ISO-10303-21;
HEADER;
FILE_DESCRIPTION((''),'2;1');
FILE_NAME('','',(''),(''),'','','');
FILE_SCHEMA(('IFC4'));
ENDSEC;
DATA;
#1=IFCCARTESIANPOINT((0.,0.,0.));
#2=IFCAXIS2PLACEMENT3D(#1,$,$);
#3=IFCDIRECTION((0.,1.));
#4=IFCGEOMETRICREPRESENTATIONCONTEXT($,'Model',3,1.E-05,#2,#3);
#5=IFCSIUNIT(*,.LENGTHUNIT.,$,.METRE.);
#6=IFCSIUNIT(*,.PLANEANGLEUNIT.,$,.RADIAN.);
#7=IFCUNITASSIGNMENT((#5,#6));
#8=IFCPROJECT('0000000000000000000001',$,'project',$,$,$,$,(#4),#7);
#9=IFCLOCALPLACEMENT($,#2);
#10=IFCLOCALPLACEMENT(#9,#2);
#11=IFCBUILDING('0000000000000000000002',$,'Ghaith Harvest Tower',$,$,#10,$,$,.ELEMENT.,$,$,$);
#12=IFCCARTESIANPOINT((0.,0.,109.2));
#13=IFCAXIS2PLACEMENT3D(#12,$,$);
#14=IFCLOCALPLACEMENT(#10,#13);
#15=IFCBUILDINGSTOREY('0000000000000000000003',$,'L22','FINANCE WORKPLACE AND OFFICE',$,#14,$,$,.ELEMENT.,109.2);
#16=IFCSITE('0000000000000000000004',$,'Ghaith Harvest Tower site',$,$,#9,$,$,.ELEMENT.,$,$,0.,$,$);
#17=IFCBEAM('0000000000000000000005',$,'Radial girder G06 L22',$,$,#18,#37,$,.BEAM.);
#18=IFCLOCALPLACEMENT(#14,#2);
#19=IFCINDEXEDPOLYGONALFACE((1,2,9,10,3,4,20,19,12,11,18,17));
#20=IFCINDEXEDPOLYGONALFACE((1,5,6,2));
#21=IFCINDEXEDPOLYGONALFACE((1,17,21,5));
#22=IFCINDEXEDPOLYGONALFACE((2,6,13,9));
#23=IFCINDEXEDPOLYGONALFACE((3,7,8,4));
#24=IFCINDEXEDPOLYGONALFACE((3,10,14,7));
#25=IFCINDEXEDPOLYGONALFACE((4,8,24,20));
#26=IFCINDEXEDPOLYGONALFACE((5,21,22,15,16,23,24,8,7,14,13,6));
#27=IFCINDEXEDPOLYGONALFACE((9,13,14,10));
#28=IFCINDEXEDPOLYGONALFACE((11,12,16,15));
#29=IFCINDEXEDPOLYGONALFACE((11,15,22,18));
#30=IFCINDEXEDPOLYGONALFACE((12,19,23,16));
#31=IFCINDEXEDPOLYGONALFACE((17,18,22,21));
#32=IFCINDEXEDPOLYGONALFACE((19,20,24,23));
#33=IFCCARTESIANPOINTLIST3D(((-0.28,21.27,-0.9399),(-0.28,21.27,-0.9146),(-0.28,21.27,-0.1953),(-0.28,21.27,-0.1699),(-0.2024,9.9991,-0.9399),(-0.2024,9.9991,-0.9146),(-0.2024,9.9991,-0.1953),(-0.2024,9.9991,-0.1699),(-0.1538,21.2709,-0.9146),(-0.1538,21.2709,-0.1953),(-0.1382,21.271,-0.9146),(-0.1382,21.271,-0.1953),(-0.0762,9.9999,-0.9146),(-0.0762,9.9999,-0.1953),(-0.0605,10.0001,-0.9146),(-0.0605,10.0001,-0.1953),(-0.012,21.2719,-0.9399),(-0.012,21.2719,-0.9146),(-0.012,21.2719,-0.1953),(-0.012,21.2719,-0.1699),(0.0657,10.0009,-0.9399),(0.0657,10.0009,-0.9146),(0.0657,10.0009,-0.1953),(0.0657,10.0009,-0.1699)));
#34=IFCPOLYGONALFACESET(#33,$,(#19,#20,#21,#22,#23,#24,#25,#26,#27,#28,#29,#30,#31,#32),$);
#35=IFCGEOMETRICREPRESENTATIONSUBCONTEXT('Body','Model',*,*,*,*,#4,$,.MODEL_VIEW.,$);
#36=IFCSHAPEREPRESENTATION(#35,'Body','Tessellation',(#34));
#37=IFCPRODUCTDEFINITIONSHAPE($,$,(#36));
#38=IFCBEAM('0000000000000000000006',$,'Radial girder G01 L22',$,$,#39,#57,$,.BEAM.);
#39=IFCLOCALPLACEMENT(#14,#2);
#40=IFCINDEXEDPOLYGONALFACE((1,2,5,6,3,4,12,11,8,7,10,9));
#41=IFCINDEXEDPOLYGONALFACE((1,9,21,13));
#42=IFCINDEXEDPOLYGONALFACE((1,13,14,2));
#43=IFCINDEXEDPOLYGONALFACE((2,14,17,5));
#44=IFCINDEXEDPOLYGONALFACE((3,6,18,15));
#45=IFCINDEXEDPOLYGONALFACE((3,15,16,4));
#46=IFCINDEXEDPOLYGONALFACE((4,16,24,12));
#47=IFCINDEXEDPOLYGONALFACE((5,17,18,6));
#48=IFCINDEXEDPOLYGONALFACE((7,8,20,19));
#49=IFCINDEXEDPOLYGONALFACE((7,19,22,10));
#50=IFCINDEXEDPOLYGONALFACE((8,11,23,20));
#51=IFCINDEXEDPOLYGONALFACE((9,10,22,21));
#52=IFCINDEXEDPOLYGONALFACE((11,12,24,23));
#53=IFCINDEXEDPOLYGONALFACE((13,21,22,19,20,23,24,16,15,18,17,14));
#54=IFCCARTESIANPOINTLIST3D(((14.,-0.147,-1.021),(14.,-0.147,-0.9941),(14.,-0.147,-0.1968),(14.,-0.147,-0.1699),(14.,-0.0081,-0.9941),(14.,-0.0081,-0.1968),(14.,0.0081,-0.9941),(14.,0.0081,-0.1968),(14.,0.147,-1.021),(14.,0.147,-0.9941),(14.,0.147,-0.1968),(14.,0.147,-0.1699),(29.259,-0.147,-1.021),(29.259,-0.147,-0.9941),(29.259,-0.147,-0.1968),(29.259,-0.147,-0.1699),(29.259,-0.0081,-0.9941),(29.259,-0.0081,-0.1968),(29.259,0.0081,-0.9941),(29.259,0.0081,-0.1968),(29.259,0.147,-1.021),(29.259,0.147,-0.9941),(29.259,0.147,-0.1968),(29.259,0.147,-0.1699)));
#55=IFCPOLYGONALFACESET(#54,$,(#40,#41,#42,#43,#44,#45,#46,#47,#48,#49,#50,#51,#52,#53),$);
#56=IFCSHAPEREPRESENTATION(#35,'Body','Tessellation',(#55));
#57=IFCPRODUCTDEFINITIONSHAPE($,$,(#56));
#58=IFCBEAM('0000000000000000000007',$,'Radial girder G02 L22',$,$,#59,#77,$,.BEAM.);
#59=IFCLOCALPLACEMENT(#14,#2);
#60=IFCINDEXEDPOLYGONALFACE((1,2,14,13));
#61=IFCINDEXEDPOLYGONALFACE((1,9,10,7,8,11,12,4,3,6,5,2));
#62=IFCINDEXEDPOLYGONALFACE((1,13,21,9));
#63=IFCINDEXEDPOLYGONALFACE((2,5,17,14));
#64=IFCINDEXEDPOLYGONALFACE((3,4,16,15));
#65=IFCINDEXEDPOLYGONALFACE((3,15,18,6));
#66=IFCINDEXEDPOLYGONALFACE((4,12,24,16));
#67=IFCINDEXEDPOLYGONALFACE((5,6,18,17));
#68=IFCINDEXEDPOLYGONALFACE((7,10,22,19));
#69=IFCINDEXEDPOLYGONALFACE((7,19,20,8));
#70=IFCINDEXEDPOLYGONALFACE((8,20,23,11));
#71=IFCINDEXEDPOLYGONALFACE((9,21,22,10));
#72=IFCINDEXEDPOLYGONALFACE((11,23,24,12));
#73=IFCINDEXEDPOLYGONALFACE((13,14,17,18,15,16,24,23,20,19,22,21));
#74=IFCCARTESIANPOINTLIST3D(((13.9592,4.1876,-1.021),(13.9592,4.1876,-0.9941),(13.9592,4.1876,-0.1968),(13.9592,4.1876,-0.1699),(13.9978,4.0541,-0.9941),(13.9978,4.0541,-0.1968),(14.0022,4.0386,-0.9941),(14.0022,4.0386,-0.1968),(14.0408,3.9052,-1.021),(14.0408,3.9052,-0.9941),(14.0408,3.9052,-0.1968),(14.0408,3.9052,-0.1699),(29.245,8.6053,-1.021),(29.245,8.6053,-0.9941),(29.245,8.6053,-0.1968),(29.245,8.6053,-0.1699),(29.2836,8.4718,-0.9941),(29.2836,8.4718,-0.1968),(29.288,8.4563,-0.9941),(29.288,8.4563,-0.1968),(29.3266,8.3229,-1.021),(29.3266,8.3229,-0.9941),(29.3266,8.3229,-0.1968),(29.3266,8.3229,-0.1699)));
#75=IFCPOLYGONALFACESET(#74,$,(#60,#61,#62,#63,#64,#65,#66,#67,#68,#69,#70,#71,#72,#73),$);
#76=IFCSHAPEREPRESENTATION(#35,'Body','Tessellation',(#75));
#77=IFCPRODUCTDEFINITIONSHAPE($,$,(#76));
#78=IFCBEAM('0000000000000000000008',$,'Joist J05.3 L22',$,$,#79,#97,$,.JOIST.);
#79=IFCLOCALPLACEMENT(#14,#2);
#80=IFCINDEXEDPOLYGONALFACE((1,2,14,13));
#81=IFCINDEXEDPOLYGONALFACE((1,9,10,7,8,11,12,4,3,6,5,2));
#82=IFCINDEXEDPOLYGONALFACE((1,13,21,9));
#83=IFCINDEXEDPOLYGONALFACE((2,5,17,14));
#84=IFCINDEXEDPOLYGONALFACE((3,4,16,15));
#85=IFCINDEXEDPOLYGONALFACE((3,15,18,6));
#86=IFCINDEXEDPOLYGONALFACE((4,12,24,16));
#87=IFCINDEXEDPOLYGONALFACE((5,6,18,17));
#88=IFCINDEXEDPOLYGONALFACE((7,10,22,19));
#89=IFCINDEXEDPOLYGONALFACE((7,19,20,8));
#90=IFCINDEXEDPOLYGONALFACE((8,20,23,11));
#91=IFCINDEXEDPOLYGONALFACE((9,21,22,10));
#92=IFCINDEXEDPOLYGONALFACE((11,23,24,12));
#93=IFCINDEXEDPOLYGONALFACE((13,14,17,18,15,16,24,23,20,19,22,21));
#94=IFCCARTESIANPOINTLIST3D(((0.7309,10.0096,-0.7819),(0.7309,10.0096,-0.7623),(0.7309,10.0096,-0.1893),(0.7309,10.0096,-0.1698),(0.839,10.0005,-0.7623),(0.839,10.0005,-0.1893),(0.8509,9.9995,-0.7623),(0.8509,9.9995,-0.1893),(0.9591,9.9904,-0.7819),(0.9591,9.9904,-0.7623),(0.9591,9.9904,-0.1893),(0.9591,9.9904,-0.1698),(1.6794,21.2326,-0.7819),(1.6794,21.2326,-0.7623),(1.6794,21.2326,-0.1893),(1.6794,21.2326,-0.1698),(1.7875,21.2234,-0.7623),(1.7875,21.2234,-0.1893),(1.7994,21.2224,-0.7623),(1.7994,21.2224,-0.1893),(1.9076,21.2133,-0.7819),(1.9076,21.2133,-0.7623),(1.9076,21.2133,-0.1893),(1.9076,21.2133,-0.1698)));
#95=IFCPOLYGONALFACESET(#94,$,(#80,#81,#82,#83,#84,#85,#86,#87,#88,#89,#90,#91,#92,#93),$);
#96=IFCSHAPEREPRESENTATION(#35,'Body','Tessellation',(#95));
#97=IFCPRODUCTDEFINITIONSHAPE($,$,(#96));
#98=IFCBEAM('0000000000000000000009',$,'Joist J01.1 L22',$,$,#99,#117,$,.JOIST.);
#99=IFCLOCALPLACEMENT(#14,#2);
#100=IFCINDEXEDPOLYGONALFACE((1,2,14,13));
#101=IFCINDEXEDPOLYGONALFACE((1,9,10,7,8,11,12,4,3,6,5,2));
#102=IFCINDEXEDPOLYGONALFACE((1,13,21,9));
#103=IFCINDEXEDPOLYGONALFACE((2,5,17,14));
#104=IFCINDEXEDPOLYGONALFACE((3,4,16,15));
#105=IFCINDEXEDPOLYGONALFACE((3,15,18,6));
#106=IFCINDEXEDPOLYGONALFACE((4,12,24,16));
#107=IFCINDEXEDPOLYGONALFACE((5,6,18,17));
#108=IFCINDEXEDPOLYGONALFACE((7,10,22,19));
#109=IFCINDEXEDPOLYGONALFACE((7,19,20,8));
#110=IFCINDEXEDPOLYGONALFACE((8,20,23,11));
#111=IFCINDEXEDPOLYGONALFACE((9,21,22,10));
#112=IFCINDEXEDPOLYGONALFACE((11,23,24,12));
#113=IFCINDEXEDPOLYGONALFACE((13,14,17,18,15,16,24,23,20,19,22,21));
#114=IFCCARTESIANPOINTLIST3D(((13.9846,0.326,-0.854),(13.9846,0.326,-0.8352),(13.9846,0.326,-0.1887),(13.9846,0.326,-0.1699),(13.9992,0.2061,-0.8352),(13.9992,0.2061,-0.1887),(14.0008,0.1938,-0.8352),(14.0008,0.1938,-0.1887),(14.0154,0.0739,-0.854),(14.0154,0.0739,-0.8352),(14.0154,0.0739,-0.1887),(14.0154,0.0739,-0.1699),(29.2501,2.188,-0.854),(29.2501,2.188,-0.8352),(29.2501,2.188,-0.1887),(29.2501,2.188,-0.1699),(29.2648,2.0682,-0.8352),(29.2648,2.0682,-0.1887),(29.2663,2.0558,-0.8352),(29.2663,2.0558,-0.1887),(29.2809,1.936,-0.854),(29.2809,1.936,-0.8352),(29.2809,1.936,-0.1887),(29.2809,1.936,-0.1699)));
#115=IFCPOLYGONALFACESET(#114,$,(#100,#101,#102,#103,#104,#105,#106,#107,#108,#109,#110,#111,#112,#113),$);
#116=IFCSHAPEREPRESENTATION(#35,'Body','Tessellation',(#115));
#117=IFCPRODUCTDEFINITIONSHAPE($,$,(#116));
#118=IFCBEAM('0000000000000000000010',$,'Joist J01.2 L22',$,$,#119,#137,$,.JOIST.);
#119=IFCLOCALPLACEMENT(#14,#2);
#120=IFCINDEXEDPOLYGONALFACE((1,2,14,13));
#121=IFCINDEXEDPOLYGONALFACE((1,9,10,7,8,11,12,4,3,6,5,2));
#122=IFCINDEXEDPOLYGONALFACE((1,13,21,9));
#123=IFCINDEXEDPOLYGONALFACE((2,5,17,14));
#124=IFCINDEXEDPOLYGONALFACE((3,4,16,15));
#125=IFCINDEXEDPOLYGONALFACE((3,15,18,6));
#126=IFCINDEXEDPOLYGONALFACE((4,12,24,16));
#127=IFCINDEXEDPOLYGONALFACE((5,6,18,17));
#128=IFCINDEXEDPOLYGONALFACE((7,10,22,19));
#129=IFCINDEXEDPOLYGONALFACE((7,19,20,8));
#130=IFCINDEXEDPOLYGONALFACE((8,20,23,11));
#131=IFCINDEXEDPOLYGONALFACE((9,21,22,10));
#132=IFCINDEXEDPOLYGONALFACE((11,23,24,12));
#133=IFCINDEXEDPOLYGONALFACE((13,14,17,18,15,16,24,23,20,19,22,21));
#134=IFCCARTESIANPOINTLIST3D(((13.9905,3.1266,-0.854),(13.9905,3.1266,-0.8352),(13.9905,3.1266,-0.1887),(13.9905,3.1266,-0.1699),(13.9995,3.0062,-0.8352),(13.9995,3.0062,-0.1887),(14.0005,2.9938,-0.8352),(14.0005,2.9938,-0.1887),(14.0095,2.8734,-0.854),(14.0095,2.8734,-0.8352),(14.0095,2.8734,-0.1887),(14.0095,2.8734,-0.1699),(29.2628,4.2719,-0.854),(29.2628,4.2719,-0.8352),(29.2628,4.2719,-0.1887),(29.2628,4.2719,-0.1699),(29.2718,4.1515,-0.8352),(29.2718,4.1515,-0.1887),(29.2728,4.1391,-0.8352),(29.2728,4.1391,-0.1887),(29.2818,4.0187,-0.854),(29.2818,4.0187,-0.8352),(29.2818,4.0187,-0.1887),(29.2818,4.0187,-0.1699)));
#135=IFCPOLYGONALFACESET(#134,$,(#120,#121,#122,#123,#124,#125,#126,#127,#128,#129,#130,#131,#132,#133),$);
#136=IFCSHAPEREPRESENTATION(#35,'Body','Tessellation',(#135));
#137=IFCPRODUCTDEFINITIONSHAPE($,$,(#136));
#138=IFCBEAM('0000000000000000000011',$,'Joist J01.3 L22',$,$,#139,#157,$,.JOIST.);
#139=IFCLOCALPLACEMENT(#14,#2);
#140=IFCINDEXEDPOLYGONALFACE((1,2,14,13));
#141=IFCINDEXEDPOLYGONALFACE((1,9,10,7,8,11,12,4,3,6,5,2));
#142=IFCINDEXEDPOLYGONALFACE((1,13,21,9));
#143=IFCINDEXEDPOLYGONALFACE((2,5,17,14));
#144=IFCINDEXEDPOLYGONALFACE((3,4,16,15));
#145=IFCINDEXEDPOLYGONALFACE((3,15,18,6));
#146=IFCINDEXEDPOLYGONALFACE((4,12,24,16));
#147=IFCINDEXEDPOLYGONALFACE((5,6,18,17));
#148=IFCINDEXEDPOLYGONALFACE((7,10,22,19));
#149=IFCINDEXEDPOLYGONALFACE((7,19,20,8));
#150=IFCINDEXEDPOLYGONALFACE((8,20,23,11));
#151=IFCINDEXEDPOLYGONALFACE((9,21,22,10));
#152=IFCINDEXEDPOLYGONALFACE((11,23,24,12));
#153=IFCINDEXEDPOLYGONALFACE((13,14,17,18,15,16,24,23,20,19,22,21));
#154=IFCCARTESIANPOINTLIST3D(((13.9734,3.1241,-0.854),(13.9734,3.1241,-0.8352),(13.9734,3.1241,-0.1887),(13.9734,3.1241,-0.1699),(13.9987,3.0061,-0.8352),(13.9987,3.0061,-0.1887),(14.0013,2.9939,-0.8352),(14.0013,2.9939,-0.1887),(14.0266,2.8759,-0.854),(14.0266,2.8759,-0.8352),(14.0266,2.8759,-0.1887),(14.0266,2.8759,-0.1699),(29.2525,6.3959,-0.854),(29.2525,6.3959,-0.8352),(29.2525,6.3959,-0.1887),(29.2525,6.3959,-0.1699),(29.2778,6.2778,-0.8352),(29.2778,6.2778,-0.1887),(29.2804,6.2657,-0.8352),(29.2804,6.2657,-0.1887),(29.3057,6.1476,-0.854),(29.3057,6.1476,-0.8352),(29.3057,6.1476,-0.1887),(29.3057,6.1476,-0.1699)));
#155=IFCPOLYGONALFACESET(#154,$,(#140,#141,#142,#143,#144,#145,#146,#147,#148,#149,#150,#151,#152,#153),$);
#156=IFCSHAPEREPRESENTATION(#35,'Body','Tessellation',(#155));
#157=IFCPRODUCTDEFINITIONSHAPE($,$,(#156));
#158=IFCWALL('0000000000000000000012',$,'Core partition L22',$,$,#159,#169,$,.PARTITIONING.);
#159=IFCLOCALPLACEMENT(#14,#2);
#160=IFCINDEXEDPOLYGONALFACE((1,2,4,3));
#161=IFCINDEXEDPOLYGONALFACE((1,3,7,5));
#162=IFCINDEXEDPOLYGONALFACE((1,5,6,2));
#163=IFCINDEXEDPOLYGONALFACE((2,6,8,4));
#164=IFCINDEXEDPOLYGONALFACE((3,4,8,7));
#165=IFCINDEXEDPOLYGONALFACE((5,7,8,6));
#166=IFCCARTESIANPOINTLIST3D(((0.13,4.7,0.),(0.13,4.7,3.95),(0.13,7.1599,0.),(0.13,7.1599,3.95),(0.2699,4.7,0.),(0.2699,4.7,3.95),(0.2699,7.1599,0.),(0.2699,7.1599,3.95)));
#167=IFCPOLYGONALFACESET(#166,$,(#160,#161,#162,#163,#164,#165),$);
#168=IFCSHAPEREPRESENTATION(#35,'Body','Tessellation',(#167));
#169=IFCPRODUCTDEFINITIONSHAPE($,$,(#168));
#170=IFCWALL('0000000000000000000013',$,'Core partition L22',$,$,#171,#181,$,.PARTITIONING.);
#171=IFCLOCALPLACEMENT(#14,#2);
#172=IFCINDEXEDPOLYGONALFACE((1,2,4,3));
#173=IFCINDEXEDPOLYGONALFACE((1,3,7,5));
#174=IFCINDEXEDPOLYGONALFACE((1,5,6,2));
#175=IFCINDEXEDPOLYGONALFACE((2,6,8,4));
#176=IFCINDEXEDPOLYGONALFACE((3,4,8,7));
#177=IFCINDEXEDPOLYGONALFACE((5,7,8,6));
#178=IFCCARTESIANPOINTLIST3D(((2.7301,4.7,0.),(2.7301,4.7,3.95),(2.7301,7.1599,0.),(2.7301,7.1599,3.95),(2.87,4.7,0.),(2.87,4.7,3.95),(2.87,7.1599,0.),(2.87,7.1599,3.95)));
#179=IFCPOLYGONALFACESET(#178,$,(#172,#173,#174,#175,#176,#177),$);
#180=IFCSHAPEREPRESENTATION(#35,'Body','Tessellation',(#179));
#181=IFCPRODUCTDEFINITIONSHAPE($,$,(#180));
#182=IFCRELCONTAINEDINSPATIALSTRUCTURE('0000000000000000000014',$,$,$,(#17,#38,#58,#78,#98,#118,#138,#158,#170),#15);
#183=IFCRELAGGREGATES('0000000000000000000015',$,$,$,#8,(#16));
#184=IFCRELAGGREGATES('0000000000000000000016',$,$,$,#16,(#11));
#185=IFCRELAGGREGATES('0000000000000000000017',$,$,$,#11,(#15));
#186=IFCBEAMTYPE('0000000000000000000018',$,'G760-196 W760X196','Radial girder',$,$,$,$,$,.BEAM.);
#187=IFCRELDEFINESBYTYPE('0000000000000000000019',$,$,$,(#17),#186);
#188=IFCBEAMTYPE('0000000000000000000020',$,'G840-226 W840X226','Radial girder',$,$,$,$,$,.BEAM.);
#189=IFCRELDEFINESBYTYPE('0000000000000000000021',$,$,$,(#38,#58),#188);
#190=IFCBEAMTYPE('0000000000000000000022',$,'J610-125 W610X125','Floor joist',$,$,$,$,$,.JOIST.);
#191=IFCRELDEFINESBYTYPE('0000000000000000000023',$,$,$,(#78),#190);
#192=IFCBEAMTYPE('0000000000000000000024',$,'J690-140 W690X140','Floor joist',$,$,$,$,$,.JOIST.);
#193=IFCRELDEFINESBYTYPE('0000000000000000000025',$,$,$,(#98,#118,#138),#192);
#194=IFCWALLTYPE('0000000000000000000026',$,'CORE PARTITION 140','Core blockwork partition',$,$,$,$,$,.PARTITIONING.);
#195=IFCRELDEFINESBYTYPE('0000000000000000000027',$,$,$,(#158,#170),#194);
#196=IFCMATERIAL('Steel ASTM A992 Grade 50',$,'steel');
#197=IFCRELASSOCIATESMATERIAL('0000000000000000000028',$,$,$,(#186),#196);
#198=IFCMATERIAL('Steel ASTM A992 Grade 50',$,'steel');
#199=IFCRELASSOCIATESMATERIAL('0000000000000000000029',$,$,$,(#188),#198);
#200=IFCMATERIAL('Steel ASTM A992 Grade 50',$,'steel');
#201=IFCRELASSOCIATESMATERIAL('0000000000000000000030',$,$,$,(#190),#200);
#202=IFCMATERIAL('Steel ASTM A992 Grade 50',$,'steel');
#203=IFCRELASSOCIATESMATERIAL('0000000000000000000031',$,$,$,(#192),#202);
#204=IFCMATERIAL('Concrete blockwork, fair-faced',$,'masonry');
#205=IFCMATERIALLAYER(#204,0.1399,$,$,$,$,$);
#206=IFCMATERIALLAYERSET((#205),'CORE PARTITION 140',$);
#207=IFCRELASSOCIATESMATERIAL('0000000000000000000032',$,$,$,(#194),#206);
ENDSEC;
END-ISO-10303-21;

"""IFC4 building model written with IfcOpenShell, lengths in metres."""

from ifc_helpers import new_model, si_unit, direction, frame, frame_2d, origin, origin_2d, place, context, subcontext, project, spatial, rectangle, i_section, extrude, material, layer, layer_set, material_profile, profile_set, type_object, element, save


model = new_model("IFC4")

# Units and contexts
model_context = context("Model", 3, precision=1e-05, world=origin(), true_north=direction((0.0, 1.0)))
body_context = subcontext(model_context, "Body", "Model", "MODEL_VIEW")
ifc_project = project(units=[si_unit("LENGTHUNIT", "METRE"), si_unit("PLANEANGLEUNIT", "RADIAN")], contexts=[model_context])

# Site, building, storey
site_placement = place(None, origin())
site = spatial("IfcSite", under=ifc_project, at=site_placement, Name="Ghaith Harvest Tower site", CompositionType="ELEMENT", RefElevation=0.0)
building_placement = place(site_placement, origin())
building = spatial("IfcBuilding", under=site, at=building_placement, Name="Ghaith Harvest Tower", CompositionType="ELEMENT")
storey_placement = place(building_placement, frame((0.0, 0.0, 109.2)))
storey = spatial("IfcBuildingStorey", under=building, at=storey_placement, Name="L22", Description="FINANCE WORKPLACE AND OFFICE", CompositionType="ELEMENT", Elevation=109.2)

# Beams
ifc_material_1 = material(Name="Steel ASTM A992 Grade 50", Category="steel")
ifc_material_profile_1 = material_profile(ifc_material_1, i_section(OverallWidth=0.2681, OverallDepth=0.77, WebThickness=0.0156, FlangeThickness=0.0254, at=origin_2d()), Name="W760X196")
ifc_profile_set_1 = profile_set([ifc_material_profile_1], Name="Steel ASTM A992 Grade 50")
beam_type_1 = type_object("IfcBeamType", Name="G760-196 W760X196", Description="Radial girder", PredefinedType="BEAM", material=ifc_profile_set_1)
beam_1_placement = place(storey_placement, frame((-0.0684, 10.0, -0.5549), z_axis=(-0.006888, 0.999976, 0.0), x_axis=(-0.999976, -0.006888, 0.0)))
element("IfcBeam", 1, at=beam_1_placement, inside=storey, type_object=beam_type_1, Name="Radial girder G06 L22", PredefinedType="BEAM", context=body_context, shape_type="SweptSolid", body=[
    extrude(i_section(OverallWidth=0.2681, OverallDepth=0.77, WebThickness=0.0156, FlangeThickness=0.0254, at=origin_2d()), origin(), (0.0, 0.0, 1.0), 11.2712),
])
ifc_material_2 = material(Name="Steel ASTM A992 Grade 50", Category="steel")
ifc_material_profile_2 = material_profile(ifc_material_2, i_section(OverallWidth=0.2939, OverallDepth=0.8511, WebThickness=0.0161, FlangeThickness=0.0269, at=origin_2d()), Name="W840X226")
ifc_profile_set_2 = profile_set([ifc_material_profile_2], Name="Steel ASTM A992 Grade 50")
beam_type_2 = type_object("IfcBeamType", Name="G840-226 W840X226", Description="Radial girder", PredefinedType="BEAM", material=ifc_profile_set_2)
beam_2_placement = place(storey_placement, frame((14.0, 0.0, -0.5955), z_axis=(1.0, 0.0, 0.0), x_axis=(0.0, 1.0, 0.0)))
element("IfcBeam", 2, at=beam_2_placement, inside=storey, type_object=beam_type_2, Name="Radial girder G01 L22", PredefinedType="BEAM", context=body_context, shape_type="SweptSolid", body=[
    extrude(i_section(OverallWidth=0.2939, OverallDepth=0.8511, WebThickness=0.0161, FlangeThickness=0.0269, at=origin_2d()), origin(), (0.0, 0.0, 1.0), 15.259),
])
beam_3_placement = place(storey_placement, frame((14.0, 4.0464, -0.5955), z_axis=(0.960684, 0.277644, 0.0), x_axis=(-0.277644, 0.960684, 0.0)))
element("IfcBeam", 3, at=beam_3_placement, inside=storey, type_object=beam_type_2, Name="Radial girder G02 L22", PredefinedType="BEAM", context=body_context, shape_type="SweptSolid", body=[
    extrude(i_section(OverallWidth=0.2939, OverallDepth=0.8511, WebThickness=0.0161, FlangeThickness=0.0269, at=origin_2d()), origin(), (0.0, 0.0, 1.0), 15.9114),
])
ifc_material_3 = material(Name="Steel ASTM A992 Grade 50", Category="steel")
ifc_material_profile_3 = material_profile(ifc_material_3, i_section(OverallWidth=0.229, OverallDepth=0.6121, WebThickness=0.012, FlangeThickness=0.0195, at=origin_2d()), Name="W610X125")
ifc_profile_set_3 = profile_set([ifc_material_profile_3], Name="Steel ASTM A992 Grade 50")
beam_type_3 = type_object("IfcBeamType", Name="J610-125 W610X125", Description="Floor joist", PredefinedType="JOIST", material=ifc_profile_set_3)
beam_4_placement = place(storey_placement, frame((0.845, 10.0, -0.4758), z_axis=(0.084213, 0.996448, 0.0), x_axis=(-0.996448, 0.084213, 0.0)))
element("IfcBeam", 4, at=beam_4_placement, inside=storey, type_object=beam_type_3, Name="Joist J05.3 L22", PredefinedType="JOIST", context=body_context, shape_type="SweptSolid", body=[
    extrude(i_section(OverallWidth=0.229, OverallDepth=0.6121, WebThickness=0.012, FlangeThickness=0.0195, at=origin_2d()), origin(), (0.0, 0.0, 1.0), 11.2629),
])
ifc_material_4 = material(Name="Steel ASTM A992 Grade 50", Category="steel")
ifc_material_profile_4 = material_profile(ifc_material_4, i_section(OverallWidth=0.2539, OverallDepth=0.6841, WebThickness=0.0125, FlangeThickness=0.0188, at=origin_2d()), Name="W690X140")
ifc_profile_set_4 = profile_set([ifc_material_profile_4], Name="Steel ASTM A992 Grade 50")
beam_type_4 = type_object("IfcBeamType", Name="J690-140 W690X140", Description="Floor joist", PredefinedType="JOIST", material=ifc_profile_set_4)
beam_5_placement = place(storey_placement, frame((14.0, 0.2, -0.512), z_axis=(0.992643, 0.12108, 0.0), x_axis=(-0.12108, 0.992643, 0.0)))
element("IfcBeam", 5, at=beam_5_placement, inside=storey, type_object=beam_type_4, Name="Joist J01.1 L22", PredefinedType="JOIST", context=body_context, shape_type="SweptSolid", body=[
    extrude(i_section(OverallWidth=0.2539, OverallDepth=0.6841, WebThickness=0.0125, FlangeThickness=0.0188, at=origin_2d()), origin(), (0.0, 0.0, 1.0), 15.3787),
])
beam_6_placement = place(storey_placement, frame((14.0, 3.0, -0.512), z_axis=(0.9972, 0.07478, 0.0), x_axis=(-0.07478, 0.9972, 0.0)))
element("IfcBeam", 6, at=beam_6_placement, inside=storey, type_object=beam_type_4, Name="Joist J01.2 L22", PredefinedType="JOIST", context=body_context, shape_type="SweptSolid", body=[
    extrude(i_section(OverallWidth=0.2539, OverallDepth=0.6841, WebThickness=0.0125, FlangeThickness=0.0188, at=origin_2d()), origin(), (0.0, 0.0, 1.0), 15.3152),
])
beam_7_placement = place(storey_placement, frame((14.0, 3.0, -0.512), z_axis=(0.977833, 0.209385, 0.0), x_axis=(-0.209385, 0.977833, 0.0)))
element("IfcBeam", 7, at=beam_7_placement, inside=storey, type_object=beam_type_4, Name="Joist J01.3 L22", PredefinedType="JOIST", context=body_context, shape_type="SweptSolid", body=[
    extrude(i_section(OverallWidth=0.2539, OverallDepth=0.6841, WebThickness=0.0125, FlangeThickness=0.0188, at=origin_2d()), origin(), (0.0, 0.0, 1.0), 15.6255),
])

# Walls
ifc_material_5 = material(Name="Concrete blockwork, fair-faced", Category="masonry")
ifc_layer_1 = layer(ifc_material_5, 0.1399)
ifc_layer_set_1 = layer_set([ifc_layer_1], Name="CORE PARTITION 140")
wall_type_1 = type_object("IfcWallType", Name="CORE PARTITION 140", Description="Core blockwork partition", PredefinedType="PARTITIONING", material=ifc_layer_set_1)
for number, where, z_axis, x_axis, name in (
    (8, (0.2, 4.7, 0.0), (0.0, 0.0, 1.0), (0.0, 1.0, 0.0), "Core partition L22"),
    (9, (2.8, 4.7, 0.0), (0.0, 0.0, 1.0), (0.0, 1.0, 0.0), "Core partition L22"),
):
    element("IfcWall", number, at=place(storey_placement, frame(where, z_axis=z_axis, x_axis=x_axis)), inside=storey, type_object=wall_type_1, Name=name, PredefinedType="PARTITIONING", context=body_context, shape_type="SweptSolid", body=[
        extrude(rectangle(XDim=2.46, YDim=0.1399, at=frame_2d((1.23, 0.0))), origin(), (0.0, 0.0, 1.0), 3.95),
    ])

save(model, "model.ifc")
